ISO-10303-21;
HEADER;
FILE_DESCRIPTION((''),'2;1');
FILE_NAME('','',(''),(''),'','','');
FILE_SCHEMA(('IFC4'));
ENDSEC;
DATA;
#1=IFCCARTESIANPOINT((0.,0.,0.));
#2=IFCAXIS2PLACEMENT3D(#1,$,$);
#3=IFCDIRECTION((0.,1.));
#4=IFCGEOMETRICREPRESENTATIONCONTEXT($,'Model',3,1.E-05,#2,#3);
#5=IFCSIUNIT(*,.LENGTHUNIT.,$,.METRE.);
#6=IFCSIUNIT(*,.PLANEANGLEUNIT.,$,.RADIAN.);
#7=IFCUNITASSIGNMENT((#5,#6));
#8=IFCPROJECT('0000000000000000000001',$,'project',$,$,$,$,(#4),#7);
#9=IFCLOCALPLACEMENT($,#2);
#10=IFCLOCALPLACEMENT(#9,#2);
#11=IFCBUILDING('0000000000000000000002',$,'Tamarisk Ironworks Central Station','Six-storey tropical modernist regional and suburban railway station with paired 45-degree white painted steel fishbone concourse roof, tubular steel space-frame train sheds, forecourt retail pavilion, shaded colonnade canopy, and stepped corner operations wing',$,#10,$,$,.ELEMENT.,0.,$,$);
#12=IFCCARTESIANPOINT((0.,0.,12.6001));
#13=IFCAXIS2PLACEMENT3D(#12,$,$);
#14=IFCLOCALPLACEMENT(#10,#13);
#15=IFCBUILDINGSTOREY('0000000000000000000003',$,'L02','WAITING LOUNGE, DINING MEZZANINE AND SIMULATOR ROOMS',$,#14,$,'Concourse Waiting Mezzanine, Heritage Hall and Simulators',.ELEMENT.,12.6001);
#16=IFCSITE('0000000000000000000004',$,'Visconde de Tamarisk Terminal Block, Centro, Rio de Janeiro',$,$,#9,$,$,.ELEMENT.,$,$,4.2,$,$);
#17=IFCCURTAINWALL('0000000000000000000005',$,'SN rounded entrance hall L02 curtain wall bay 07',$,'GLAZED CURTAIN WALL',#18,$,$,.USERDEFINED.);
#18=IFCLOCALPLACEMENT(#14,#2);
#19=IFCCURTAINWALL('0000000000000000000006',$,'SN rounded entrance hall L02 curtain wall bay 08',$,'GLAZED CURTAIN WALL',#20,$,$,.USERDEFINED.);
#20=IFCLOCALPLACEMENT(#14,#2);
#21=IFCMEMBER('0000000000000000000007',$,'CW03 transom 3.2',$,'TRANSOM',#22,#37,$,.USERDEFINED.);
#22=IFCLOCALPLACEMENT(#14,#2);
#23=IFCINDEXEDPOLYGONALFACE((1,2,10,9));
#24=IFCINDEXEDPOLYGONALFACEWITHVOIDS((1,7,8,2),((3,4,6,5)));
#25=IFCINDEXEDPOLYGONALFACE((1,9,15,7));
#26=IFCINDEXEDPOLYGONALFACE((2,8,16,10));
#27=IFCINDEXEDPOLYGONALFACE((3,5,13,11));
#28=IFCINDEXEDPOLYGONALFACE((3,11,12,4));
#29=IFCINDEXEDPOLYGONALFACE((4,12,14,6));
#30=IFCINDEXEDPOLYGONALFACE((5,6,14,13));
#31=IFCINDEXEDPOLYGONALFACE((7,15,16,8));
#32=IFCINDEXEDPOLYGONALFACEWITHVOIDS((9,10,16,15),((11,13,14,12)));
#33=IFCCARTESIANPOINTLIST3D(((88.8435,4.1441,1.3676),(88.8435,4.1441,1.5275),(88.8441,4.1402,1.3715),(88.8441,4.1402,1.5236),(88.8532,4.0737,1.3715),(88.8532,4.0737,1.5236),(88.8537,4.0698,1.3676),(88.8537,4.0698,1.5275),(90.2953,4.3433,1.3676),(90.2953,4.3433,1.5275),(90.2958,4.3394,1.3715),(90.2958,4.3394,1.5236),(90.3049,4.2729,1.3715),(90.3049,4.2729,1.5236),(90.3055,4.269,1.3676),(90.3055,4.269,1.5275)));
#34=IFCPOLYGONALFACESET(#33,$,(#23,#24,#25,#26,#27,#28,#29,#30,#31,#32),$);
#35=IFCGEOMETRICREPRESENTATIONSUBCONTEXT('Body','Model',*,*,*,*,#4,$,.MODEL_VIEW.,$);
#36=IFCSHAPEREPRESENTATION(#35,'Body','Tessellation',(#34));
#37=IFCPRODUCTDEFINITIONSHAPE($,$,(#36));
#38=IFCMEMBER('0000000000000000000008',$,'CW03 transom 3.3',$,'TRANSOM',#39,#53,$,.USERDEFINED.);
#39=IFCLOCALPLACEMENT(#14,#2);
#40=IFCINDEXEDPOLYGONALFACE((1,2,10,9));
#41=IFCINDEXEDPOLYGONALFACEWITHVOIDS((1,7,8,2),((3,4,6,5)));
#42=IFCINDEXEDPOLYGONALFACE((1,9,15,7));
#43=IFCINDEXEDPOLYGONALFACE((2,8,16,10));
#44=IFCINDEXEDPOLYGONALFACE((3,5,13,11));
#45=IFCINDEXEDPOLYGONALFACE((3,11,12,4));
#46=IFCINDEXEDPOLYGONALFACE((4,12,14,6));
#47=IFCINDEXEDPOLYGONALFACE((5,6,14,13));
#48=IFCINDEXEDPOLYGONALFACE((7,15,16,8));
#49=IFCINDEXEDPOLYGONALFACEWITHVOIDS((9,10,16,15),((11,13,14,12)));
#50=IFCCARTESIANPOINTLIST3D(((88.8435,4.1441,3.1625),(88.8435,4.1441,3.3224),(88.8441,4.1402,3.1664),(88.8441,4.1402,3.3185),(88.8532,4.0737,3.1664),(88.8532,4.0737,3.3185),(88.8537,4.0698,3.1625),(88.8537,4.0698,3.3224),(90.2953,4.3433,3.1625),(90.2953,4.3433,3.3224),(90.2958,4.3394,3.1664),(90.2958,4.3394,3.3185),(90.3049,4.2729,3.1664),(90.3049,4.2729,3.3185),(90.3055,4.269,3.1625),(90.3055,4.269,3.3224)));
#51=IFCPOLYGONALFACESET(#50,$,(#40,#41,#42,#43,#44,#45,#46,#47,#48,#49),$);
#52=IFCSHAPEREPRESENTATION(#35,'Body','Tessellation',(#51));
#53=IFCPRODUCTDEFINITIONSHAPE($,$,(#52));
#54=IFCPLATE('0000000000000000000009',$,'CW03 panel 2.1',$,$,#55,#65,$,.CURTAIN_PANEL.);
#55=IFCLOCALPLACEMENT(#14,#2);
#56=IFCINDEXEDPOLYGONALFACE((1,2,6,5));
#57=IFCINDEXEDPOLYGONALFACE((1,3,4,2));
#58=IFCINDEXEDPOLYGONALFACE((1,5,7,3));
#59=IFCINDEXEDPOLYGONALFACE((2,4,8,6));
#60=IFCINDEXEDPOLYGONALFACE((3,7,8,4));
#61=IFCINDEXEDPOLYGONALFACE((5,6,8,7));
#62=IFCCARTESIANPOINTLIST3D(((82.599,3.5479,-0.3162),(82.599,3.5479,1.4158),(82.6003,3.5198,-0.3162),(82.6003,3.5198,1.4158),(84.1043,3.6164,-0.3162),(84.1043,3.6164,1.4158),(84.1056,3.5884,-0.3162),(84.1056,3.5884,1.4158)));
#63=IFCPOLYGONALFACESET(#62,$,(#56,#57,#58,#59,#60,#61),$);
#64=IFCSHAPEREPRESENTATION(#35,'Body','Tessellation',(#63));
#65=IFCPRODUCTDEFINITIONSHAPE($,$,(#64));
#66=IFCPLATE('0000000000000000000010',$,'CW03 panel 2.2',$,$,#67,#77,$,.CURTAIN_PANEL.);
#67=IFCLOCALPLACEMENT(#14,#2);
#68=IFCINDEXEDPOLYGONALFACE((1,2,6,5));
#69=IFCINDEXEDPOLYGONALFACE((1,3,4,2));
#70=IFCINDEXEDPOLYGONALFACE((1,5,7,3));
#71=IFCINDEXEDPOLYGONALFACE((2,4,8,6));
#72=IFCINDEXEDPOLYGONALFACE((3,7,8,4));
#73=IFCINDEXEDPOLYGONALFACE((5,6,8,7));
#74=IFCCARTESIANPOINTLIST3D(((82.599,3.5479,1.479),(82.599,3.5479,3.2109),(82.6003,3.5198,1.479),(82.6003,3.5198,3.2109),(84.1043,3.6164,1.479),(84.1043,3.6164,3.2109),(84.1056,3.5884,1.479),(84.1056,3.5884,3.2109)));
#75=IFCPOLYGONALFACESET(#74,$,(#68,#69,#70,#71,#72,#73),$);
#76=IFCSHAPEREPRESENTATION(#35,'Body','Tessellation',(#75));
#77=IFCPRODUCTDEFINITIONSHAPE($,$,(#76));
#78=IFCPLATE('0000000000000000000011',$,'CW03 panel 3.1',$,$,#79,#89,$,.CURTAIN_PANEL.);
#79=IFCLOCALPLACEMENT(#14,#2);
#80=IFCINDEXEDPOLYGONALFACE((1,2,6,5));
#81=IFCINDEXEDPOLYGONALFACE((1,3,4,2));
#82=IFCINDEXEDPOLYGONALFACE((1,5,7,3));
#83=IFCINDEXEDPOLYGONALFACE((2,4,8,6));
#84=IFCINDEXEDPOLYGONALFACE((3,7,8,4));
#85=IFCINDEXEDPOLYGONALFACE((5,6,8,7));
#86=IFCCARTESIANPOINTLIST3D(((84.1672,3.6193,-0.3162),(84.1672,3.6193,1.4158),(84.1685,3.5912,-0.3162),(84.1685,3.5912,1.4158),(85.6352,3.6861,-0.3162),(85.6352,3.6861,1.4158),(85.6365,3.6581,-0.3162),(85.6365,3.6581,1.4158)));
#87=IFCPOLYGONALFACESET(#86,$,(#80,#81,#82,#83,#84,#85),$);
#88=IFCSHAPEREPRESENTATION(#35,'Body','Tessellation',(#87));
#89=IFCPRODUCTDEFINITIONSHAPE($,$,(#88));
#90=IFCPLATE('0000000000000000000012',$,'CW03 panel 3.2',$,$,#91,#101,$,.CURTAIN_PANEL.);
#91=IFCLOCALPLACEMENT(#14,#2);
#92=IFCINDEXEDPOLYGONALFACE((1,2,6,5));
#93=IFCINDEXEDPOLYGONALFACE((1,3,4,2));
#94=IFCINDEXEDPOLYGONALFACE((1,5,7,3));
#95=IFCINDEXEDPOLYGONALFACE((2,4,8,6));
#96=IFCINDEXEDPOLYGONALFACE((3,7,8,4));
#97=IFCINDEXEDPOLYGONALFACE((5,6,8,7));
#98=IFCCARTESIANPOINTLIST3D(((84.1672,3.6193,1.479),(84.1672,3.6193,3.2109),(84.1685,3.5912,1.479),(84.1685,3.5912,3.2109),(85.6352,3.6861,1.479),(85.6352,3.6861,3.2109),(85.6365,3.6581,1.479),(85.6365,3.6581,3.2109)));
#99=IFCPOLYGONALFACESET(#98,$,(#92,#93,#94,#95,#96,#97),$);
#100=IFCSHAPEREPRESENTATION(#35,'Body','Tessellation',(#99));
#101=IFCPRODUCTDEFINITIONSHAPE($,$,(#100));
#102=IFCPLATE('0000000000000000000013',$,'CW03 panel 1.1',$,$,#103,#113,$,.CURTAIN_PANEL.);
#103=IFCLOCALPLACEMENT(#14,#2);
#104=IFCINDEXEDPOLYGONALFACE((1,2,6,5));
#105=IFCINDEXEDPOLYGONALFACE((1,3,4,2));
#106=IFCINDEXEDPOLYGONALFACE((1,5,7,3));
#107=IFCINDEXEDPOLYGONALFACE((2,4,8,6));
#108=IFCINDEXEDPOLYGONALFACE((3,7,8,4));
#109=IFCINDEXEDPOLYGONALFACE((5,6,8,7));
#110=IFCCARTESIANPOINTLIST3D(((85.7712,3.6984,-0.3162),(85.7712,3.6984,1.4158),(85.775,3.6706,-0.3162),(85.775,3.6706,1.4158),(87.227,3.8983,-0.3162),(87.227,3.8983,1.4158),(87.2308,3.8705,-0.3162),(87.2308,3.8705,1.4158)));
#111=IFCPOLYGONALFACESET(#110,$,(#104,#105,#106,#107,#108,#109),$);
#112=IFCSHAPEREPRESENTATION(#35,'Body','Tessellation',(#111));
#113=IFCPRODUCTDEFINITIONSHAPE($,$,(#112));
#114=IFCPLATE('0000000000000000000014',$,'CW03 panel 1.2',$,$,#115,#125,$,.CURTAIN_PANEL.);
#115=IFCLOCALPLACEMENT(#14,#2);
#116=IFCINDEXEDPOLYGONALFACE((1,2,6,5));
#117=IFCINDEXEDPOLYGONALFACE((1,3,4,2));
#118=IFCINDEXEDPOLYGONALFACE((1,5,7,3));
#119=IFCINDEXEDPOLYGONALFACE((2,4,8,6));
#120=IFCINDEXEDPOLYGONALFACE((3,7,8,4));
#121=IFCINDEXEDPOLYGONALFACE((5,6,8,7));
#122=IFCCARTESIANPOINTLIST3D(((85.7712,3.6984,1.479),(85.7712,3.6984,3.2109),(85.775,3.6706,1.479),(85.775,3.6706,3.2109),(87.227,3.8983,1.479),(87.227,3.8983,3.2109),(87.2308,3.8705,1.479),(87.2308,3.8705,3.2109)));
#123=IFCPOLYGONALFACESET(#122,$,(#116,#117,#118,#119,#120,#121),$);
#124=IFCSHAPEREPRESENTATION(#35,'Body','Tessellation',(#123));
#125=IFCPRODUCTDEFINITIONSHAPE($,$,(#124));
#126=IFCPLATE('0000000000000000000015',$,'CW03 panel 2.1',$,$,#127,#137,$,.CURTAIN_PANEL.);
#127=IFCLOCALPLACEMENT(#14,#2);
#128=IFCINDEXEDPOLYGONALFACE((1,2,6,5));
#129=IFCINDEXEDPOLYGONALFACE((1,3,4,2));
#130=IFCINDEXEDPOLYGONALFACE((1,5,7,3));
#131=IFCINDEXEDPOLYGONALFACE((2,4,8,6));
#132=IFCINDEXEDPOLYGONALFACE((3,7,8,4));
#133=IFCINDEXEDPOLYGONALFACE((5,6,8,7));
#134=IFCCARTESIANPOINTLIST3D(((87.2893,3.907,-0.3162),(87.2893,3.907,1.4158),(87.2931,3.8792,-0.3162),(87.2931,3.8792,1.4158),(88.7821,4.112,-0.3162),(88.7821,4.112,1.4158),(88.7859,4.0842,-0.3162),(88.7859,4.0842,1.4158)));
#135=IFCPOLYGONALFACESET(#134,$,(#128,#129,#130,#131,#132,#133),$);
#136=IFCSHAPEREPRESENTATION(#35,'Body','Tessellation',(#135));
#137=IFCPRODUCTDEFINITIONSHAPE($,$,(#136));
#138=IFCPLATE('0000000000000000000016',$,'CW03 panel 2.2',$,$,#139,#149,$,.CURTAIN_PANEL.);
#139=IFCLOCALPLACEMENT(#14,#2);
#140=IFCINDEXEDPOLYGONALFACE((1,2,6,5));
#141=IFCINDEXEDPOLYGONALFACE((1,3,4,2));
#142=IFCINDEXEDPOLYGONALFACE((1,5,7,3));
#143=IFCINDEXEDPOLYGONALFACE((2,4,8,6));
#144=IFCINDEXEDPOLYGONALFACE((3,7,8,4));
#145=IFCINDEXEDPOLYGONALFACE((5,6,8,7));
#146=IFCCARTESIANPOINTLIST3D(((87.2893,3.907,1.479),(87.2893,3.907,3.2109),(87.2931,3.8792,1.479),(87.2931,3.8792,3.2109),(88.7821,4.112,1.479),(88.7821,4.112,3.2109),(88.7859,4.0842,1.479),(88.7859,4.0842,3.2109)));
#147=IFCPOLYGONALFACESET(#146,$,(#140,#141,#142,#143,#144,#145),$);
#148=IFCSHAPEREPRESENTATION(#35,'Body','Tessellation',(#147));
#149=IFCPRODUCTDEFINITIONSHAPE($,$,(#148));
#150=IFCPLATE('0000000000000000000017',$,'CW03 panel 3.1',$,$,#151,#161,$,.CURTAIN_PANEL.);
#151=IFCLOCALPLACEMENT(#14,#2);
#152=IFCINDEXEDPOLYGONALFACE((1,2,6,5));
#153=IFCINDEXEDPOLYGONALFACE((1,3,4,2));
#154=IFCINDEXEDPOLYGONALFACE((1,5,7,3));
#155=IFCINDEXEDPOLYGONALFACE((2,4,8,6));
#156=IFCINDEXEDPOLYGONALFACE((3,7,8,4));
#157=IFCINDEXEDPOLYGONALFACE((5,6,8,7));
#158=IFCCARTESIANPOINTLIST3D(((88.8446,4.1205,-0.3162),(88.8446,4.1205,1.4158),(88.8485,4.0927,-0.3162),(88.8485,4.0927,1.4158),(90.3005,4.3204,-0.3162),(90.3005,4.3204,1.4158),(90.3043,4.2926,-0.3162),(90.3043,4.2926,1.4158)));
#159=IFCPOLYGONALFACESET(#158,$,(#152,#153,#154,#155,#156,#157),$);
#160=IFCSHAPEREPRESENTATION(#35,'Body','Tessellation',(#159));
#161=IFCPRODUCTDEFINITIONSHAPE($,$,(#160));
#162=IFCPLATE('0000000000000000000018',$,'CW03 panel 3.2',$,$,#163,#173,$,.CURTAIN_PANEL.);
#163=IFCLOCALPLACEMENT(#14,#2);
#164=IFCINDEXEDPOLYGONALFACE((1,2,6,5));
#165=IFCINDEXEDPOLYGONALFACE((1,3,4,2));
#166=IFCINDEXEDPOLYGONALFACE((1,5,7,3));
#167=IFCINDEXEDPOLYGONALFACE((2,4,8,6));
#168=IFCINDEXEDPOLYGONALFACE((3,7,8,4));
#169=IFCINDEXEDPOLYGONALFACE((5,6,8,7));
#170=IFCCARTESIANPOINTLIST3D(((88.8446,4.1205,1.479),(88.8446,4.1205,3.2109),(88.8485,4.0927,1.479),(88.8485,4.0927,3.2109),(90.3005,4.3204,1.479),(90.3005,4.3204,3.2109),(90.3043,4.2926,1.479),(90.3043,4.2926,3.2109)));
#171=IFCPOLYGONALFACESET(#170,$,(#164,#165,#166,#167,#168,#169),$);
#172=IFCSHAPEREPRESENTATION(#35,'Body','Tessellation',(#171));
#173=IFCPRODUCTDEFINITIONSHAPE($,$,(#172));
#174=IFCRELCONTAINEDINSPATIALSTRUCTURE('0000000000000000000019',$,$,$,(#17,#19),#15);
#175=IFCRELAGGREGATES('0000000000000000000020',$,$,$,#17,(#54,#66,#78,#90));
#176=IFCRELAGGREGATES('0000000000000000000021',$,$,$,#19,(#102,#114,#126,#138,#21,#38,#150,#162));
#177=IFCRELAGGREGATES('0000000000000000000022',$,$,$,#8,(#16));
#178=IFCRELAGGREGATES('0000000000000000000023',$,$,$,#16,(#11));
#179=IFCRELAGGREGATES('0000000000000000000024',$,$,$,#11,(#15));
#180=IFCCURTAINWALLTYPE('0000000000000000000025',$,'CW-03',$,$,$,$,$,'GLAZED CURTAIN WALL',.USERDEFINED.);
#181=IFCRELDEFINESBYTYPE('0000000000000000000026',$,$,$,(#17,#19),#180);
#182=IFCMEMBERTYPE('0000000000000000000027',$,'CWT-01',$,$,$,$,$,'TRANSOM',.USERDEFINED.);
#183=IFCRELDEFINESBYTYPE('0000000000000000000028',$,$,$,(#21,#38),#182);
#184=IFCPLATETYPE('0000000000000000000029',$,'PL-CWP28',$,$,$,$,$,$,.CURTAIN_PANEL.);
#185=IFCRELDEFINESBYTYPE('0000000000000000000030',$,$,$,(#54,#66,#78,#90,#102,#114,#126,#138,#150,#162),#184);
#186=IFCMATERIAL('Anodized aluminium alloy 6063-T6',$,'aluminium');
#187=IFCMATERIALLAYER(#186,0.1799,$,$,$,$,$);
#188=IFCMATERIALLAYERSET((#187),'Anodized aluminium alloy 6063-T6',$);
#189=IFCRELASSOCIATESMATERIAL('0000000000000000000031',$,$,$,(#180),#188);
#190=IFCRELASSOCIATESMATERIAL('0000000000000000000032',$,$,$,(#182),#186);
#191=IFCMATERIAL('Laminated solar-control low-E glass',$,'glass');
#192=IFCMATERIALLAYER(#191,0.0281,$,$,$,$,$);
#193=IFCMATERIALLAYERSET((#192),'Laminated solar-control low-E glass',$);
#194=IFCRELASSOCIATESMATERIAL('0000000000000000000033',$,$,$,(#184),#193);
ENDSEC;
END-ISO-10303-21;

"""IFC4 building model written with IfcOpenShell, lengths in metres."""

from ifc_helpers import new_model, si_unit, direction, frame, origin, origin_2d, place, context, subcontext, project, spatial, rectangle, hollow_rectangle, extrude, material, layer, layer_set, material_profile, profile_set, type_object, element, aggregate, save


model = new_model("IFC4")

# Units and contexts
model_context = context("Model", 3, precision=1e-05, world=origin(), true_north=direction((0.0, 1.0)))
body_context = subcontext(model_context, "Body", "Model", "MODEL_VIEW")
ifc_project = project(units=[si_unit("LENGTHUNIT", "METRE"), si_unit("PLANEANGLEUNIT", "RADIAN")], contexts=[model_context])

# Site, building, storey
site_placement = place(None, origin())
site = spatial("IfcSite", under=ifc_project, at=site_placement, Name="Visconde de Tamarisk Terminal Block, Centro, Rio de Janeiro", CompositionType="ELEMENT", RefElevation=4.2)
building_placement = place(site_placement, origin())
building = spatial("IfcBuilding", under=site, at=building_placement, Name="Tamarisk Ironworks Central Station", Description="Six-storey tropical modernist regional and suburban railway station with paired 45-degree white painted steel fishbone concourse roof, tubular steel space-frame train sheds, forecourt retail pavilion, shaded colonnade canopy, and stepped corner operations wing", CompositionType="ELEMENT", ElevationOfRefHeight=0.0)
storey_placement = place(building_placement, frame((0.0, 0.0, 12.6001)))
storey = spatial("IfcBuildingStorey", under=building, at=storey_placement, Name="L02", Description="WAITING LOUNGE, DINING MEZZANINE AND SIMULATOR ROOMS", LongName="Concourse Waiting Mezzanine, Heritage Hall and Simulators", CompositionType="ELEMENT", Elevation=12.6001)

# Curtain walls
ifc_material_1 = material(Name="Anodized aluminium alloy 6063-T6", Category="aluminium")
ifc_layer_1 = layer(ifc_material_1, 0.1799)
ifc_layer_set_1 = layer_set([ifc_layer_1], Name="Anodized aluminium alloy 6063-T6")
curtain_wall_type = type_object("IfcCurtainWallType", Name="CW-03", ElementType="GLAZED CURTAIN WALL", PredefinedType="USERDEFINED", material=ifc_layer_set_1)
curtain_wall_1_placement = place(storey_placement, origin())
curtain_wall_1 = element("IfcCurtainWall", 1, at=curtain_wall_1_placement, inside=storey, type_object=curtain_wall_type, Name="SN rounded entrance hall L02 curtain wall bay 07", ObjectType="GLAZED CURTAIN WALL", PredefinedType="USERDEFINED")
curtain_wall_2_placement = place(storey_placement, origin())
curtain_wall_2 = element("IfcCurtainWall", 2, at=curtain_wall_2_placement, inside=storey, type_object=curtain_wall_type, Name="SN rounded entrance hall L02 curtain wall bay 08", ObjectType="GLAZED CURTAIN WALL", PredefinedType="USERDEFINED")

# Members
ifc_material_profile_1 = material_profile(ifc_material_1, hollow_rectangle(XDim=0.075, YDim=0.1599, WallThickness=0.0039, at=origin_2d()), Name="ALUM 160x75")
ifc_profile_set_1 = profile_set([ifc_material_profile_1], Name="Anodized aluminium alloy 6063-T6")
member_type_1 = type_object("IfcMemberType", Name="CWT-01", ElementType="TRANSOM", PredefinedType="USERDEFINED", material=ifc_profile_set_1)
member_1_placement = place(storey_placement, frame((88.8486, 4.1069, 1.4475), z_axis=(0.990714, 0.135961, 0.0), x_axis=(-0.135961, 0.990714, 0.0)))
member_1 = element("IfcMember", 3, at=member_1_placement, type_object=member_type_1, Name="CW03 transom 3.2", ObjectType="TRANSOM", PredefinedType="USERDEFINED", context=body_context, shape_type="SweptSolid", body=[
    extrude(hollow_rectangle(XDim=0.075, YDim=0.1599, WallThickness=0.0039, at=origin_2d()), origin(), (0.0, 0.0, 1.0), 1.4653),
])
member_2_placement = place(storey_placement, frame((88.8486, 4.1069, 3.2424), z_axis=(0.990714, 0.135961, 0.0), x_axis=(-0.135961, 0.990714, 0.0)))
member_2 = element("IfcMember", 4, at=member_2_placement, type_object=member_type_1, Name="CW03 transom 3.3", ObjectType="TRANSOM", PredefinedType="USERDEFINED", context=body_context, shape_type="SweptSolid", body=[
    extrude(hollow_rectangle(XDim=0.075, YDim=0.1599, WallThickness=0.0039, at=origin_2d()), origin(), (0.0, 0.0, 1.0), 1.4653),
])

# Plates
ifc_material_2 = material(Name="Laminated solar-control low-E glass", Category="glass")
ifc_layer_2 = layer(ifc_material_2, 0.0281)
ifc_layer_set_2 = layer_set([ifc_layer_2], Name="Laminated solar-control low-E glass")
plate_type = type_object("IfcPlateType", Name="PL-CWP28", PredefinedType="CURTAIN_PANEL", material=ifc_layer_set_2)
plate_1_placement = place(storey_placement, frame((83.3523, 3.5681, -0.3162), z_axis=(0.0, 0.0, 1.0), x_axis=(0.998965, 0.045481, 0.0)))
plate_1 = element("IfcPlate", 5, at=plate_1_placement, type_object=plate_type, Name="CW03 panel 2.1", PredefinedType="CURTAIN_PANEL", context=body_context, shape_type="SweptSolid", body=[
    extrude(rectangle(XDim=1.5068, YDim=0.0281, at=origin_2d()), origin(), (0.0, 0.0, 1.0), 1.7319),
])
plate_2_placement = place(storey_placement, frame((83.3523, 3.5681, 1.479), z_axis=(0.0, 0.0, 1.0), x_axis=(0.998965, 0.045481, 0.0)))
plate_2 = element("IfcPlate", 6, at=plate_2_placement, type_object=plate_type, Name="CW03 panel 2.2", PredefinedType="CURTAIN_PANEL", context=body_context, shape_type="SweptSolid", body=[
    extrude(rectangle(XDim=1.5068, YDim=0.0281, at=origin_2d()), origin(), (0.0, 0.0, 1.0), 1.7319),
])
plate_3_placement = place(storey_placement, frame((84.9019, 3.6387, -0.3162), z_axis=(0.0, 0.0, 1.0), x_axis=(0.998965, 0.045481, 0.0)))
plate_3 = element("IfcPlate", 7, at=plate_3_placement, type_object=plate_type, Name="CW03 panel 3.1", PredefinedType="CURTAIN_PANEL", context=body_context, shape_type="SweptSolid", body=[
    extrude(rectangle(XDim=1.4695, YDim=0.0281, at=origin_2d()), origin(), (0.0, 0.0, 1.0), 1.7319),
])
plate_4_placement = place(storey_placement, frame((84.9019, 3.6387, 1.479), z_axis=(0.0, 0.0, 1.0), x_axis=(0.998965, 0.045481, 0.0)))
plate_4 = element("IfcPlate", 8, at=plate_4_placement, type_object=plate_type, Name="CW03 panel 3.2", PredefinedType="CURTAIN_PANEL", context=body_context, shape_type="SweptSolid", body=[
    extrude(rectangle(XDim=1.4695, YDim=0.0281, at=origin_2d()), origin(), (0.0, 0.0, 1.0), 1.7319),
])
aggregate(curtain_wall_1, [plate_1, plate_2, plate_3, plate_4])
plate_5_placement = place(storey_placement, frame((86.501, 3.7844, -0.3162), z_axis=(0.0, 0.0, 1.0), x_axis=(0.990703, 0.136042, 0.0)))
plate_5 = element("IfcPlate", 9, at=plate_5_placement, type_object=plate_type, Name="CW03 panel 1.1", PredefinedType="CURTAIN_PANEL", context=body_context, shape_type="SweptSolid", body=[
    extrude(rectangle(XDim=1.4695, YDim=0.0281, at=origin_2d()), origin(), (0.0, 0.0, 1.0), 1.7319),
])
plate_6_placement = place(storey_placement, frame((86.501, 3.7844, 1.479), z_axis=(0.0, 0.0, 1.0), x_axis=(0.990703, 0.136042, 0.0)))
plate_6 = element("IfcPlate", 10, at=plate_6_placement, type_object=plate_type, Name="CW03 panel 1.2", PredefinedType="CURTAIN_PANEL", context=body_context, shape_type="SweptSolid", body=[
    extrude(rectangle(XDim=1.4695, YDim=0.0281, at=origin_2d()), origin(), (0.0, 0.0, 1.0), 1.7319),
])
plate_7_placement = place(storey_placement, frame((88.0376, 3.9956, -0.3162), z_axis=(0.0, 0.0, 1.0), x_axis=(0.990703, 0.136042, 0.0)))
plate_7 = element("IfcPlate", 11, at=plate_7_placement, type_object=plate_type, Name="CW03 panel 2.1", PredefinedType="CURTAIN_PANEL", context=body_context, shape_type="SweptSolid", body=[
    extrude(rectangle(XDim=1.5068, YDim=0.0281, at=origin_2d()), origin(), (0.0, 0.0, 1.0), 1.7319),
])
plate_8_placement = place(storey_placement, frame((88.0376, 3.9956, 1.479), z_axis=(0.0, 0.0, 1.0), x_axis=(0.990703, 0.136042, 0.0)))
plate_8 = element("IfcPlate", 12, at=plate_8_placement, type_object=plate_type, Name="CW03 panel 2.2", PredefinedType="CURTAIN_PANEL", context=body_context, shape_type="SweptSolid", body=[
    extrude(rectangle(XDim=1.5068, YDim=0.0281, at=origin_2d()), origin(), (0.0, 0.0, 1.0), 1.7319),
])
plate_9_placement = place(storey_placement, frame((89.5745, 4.2065, -0.3162), z_axis=(0.0, 0.0, 1.0), x_axis=(0.990703, 0.136042, 0.0)))
plate_9 = element("IfcPlate", 13, at=plate_9_placement, type_object=plate_type, Name="CW03 panel 3.1", PredefinedType="CURTAIN_PANEL", context=body_context, shape_type="SweptSolid", body=[
    extrude(rectangle(XDim=1.4695, YDim=0.0281, at=origin_2d()), origin(), (0.0, 0.0, 1.0), 1.7319),
])
plate_10_placement = place(storey_placement, frame((89.5745, 4.2065, 1.479), z_axis=(0.0, 0.0, 1.0), x_axis=(0.990703, 0.136042, 0.0)))
plate_10 = element("IfcPlate", 14, at=plate_10_placement, type_object=plate_type, Name="CW03 panel 3.2", PredefinedType="CURTAIN_PANEL", context=body_context, shape_type="SweptSolid", body=[
    extrude(rectangle(XDim=1.4695, YDim=0.0281, at=origin_2d()), origin(), (0.0, 0.0, 1.0), 1.7319),
])
aggregate(curtain_wall_2, [plate_5, plate_6, plate_7, plate_8, member_1, member_2, plate_9, plate_10])

save(model, "model.ifc")
